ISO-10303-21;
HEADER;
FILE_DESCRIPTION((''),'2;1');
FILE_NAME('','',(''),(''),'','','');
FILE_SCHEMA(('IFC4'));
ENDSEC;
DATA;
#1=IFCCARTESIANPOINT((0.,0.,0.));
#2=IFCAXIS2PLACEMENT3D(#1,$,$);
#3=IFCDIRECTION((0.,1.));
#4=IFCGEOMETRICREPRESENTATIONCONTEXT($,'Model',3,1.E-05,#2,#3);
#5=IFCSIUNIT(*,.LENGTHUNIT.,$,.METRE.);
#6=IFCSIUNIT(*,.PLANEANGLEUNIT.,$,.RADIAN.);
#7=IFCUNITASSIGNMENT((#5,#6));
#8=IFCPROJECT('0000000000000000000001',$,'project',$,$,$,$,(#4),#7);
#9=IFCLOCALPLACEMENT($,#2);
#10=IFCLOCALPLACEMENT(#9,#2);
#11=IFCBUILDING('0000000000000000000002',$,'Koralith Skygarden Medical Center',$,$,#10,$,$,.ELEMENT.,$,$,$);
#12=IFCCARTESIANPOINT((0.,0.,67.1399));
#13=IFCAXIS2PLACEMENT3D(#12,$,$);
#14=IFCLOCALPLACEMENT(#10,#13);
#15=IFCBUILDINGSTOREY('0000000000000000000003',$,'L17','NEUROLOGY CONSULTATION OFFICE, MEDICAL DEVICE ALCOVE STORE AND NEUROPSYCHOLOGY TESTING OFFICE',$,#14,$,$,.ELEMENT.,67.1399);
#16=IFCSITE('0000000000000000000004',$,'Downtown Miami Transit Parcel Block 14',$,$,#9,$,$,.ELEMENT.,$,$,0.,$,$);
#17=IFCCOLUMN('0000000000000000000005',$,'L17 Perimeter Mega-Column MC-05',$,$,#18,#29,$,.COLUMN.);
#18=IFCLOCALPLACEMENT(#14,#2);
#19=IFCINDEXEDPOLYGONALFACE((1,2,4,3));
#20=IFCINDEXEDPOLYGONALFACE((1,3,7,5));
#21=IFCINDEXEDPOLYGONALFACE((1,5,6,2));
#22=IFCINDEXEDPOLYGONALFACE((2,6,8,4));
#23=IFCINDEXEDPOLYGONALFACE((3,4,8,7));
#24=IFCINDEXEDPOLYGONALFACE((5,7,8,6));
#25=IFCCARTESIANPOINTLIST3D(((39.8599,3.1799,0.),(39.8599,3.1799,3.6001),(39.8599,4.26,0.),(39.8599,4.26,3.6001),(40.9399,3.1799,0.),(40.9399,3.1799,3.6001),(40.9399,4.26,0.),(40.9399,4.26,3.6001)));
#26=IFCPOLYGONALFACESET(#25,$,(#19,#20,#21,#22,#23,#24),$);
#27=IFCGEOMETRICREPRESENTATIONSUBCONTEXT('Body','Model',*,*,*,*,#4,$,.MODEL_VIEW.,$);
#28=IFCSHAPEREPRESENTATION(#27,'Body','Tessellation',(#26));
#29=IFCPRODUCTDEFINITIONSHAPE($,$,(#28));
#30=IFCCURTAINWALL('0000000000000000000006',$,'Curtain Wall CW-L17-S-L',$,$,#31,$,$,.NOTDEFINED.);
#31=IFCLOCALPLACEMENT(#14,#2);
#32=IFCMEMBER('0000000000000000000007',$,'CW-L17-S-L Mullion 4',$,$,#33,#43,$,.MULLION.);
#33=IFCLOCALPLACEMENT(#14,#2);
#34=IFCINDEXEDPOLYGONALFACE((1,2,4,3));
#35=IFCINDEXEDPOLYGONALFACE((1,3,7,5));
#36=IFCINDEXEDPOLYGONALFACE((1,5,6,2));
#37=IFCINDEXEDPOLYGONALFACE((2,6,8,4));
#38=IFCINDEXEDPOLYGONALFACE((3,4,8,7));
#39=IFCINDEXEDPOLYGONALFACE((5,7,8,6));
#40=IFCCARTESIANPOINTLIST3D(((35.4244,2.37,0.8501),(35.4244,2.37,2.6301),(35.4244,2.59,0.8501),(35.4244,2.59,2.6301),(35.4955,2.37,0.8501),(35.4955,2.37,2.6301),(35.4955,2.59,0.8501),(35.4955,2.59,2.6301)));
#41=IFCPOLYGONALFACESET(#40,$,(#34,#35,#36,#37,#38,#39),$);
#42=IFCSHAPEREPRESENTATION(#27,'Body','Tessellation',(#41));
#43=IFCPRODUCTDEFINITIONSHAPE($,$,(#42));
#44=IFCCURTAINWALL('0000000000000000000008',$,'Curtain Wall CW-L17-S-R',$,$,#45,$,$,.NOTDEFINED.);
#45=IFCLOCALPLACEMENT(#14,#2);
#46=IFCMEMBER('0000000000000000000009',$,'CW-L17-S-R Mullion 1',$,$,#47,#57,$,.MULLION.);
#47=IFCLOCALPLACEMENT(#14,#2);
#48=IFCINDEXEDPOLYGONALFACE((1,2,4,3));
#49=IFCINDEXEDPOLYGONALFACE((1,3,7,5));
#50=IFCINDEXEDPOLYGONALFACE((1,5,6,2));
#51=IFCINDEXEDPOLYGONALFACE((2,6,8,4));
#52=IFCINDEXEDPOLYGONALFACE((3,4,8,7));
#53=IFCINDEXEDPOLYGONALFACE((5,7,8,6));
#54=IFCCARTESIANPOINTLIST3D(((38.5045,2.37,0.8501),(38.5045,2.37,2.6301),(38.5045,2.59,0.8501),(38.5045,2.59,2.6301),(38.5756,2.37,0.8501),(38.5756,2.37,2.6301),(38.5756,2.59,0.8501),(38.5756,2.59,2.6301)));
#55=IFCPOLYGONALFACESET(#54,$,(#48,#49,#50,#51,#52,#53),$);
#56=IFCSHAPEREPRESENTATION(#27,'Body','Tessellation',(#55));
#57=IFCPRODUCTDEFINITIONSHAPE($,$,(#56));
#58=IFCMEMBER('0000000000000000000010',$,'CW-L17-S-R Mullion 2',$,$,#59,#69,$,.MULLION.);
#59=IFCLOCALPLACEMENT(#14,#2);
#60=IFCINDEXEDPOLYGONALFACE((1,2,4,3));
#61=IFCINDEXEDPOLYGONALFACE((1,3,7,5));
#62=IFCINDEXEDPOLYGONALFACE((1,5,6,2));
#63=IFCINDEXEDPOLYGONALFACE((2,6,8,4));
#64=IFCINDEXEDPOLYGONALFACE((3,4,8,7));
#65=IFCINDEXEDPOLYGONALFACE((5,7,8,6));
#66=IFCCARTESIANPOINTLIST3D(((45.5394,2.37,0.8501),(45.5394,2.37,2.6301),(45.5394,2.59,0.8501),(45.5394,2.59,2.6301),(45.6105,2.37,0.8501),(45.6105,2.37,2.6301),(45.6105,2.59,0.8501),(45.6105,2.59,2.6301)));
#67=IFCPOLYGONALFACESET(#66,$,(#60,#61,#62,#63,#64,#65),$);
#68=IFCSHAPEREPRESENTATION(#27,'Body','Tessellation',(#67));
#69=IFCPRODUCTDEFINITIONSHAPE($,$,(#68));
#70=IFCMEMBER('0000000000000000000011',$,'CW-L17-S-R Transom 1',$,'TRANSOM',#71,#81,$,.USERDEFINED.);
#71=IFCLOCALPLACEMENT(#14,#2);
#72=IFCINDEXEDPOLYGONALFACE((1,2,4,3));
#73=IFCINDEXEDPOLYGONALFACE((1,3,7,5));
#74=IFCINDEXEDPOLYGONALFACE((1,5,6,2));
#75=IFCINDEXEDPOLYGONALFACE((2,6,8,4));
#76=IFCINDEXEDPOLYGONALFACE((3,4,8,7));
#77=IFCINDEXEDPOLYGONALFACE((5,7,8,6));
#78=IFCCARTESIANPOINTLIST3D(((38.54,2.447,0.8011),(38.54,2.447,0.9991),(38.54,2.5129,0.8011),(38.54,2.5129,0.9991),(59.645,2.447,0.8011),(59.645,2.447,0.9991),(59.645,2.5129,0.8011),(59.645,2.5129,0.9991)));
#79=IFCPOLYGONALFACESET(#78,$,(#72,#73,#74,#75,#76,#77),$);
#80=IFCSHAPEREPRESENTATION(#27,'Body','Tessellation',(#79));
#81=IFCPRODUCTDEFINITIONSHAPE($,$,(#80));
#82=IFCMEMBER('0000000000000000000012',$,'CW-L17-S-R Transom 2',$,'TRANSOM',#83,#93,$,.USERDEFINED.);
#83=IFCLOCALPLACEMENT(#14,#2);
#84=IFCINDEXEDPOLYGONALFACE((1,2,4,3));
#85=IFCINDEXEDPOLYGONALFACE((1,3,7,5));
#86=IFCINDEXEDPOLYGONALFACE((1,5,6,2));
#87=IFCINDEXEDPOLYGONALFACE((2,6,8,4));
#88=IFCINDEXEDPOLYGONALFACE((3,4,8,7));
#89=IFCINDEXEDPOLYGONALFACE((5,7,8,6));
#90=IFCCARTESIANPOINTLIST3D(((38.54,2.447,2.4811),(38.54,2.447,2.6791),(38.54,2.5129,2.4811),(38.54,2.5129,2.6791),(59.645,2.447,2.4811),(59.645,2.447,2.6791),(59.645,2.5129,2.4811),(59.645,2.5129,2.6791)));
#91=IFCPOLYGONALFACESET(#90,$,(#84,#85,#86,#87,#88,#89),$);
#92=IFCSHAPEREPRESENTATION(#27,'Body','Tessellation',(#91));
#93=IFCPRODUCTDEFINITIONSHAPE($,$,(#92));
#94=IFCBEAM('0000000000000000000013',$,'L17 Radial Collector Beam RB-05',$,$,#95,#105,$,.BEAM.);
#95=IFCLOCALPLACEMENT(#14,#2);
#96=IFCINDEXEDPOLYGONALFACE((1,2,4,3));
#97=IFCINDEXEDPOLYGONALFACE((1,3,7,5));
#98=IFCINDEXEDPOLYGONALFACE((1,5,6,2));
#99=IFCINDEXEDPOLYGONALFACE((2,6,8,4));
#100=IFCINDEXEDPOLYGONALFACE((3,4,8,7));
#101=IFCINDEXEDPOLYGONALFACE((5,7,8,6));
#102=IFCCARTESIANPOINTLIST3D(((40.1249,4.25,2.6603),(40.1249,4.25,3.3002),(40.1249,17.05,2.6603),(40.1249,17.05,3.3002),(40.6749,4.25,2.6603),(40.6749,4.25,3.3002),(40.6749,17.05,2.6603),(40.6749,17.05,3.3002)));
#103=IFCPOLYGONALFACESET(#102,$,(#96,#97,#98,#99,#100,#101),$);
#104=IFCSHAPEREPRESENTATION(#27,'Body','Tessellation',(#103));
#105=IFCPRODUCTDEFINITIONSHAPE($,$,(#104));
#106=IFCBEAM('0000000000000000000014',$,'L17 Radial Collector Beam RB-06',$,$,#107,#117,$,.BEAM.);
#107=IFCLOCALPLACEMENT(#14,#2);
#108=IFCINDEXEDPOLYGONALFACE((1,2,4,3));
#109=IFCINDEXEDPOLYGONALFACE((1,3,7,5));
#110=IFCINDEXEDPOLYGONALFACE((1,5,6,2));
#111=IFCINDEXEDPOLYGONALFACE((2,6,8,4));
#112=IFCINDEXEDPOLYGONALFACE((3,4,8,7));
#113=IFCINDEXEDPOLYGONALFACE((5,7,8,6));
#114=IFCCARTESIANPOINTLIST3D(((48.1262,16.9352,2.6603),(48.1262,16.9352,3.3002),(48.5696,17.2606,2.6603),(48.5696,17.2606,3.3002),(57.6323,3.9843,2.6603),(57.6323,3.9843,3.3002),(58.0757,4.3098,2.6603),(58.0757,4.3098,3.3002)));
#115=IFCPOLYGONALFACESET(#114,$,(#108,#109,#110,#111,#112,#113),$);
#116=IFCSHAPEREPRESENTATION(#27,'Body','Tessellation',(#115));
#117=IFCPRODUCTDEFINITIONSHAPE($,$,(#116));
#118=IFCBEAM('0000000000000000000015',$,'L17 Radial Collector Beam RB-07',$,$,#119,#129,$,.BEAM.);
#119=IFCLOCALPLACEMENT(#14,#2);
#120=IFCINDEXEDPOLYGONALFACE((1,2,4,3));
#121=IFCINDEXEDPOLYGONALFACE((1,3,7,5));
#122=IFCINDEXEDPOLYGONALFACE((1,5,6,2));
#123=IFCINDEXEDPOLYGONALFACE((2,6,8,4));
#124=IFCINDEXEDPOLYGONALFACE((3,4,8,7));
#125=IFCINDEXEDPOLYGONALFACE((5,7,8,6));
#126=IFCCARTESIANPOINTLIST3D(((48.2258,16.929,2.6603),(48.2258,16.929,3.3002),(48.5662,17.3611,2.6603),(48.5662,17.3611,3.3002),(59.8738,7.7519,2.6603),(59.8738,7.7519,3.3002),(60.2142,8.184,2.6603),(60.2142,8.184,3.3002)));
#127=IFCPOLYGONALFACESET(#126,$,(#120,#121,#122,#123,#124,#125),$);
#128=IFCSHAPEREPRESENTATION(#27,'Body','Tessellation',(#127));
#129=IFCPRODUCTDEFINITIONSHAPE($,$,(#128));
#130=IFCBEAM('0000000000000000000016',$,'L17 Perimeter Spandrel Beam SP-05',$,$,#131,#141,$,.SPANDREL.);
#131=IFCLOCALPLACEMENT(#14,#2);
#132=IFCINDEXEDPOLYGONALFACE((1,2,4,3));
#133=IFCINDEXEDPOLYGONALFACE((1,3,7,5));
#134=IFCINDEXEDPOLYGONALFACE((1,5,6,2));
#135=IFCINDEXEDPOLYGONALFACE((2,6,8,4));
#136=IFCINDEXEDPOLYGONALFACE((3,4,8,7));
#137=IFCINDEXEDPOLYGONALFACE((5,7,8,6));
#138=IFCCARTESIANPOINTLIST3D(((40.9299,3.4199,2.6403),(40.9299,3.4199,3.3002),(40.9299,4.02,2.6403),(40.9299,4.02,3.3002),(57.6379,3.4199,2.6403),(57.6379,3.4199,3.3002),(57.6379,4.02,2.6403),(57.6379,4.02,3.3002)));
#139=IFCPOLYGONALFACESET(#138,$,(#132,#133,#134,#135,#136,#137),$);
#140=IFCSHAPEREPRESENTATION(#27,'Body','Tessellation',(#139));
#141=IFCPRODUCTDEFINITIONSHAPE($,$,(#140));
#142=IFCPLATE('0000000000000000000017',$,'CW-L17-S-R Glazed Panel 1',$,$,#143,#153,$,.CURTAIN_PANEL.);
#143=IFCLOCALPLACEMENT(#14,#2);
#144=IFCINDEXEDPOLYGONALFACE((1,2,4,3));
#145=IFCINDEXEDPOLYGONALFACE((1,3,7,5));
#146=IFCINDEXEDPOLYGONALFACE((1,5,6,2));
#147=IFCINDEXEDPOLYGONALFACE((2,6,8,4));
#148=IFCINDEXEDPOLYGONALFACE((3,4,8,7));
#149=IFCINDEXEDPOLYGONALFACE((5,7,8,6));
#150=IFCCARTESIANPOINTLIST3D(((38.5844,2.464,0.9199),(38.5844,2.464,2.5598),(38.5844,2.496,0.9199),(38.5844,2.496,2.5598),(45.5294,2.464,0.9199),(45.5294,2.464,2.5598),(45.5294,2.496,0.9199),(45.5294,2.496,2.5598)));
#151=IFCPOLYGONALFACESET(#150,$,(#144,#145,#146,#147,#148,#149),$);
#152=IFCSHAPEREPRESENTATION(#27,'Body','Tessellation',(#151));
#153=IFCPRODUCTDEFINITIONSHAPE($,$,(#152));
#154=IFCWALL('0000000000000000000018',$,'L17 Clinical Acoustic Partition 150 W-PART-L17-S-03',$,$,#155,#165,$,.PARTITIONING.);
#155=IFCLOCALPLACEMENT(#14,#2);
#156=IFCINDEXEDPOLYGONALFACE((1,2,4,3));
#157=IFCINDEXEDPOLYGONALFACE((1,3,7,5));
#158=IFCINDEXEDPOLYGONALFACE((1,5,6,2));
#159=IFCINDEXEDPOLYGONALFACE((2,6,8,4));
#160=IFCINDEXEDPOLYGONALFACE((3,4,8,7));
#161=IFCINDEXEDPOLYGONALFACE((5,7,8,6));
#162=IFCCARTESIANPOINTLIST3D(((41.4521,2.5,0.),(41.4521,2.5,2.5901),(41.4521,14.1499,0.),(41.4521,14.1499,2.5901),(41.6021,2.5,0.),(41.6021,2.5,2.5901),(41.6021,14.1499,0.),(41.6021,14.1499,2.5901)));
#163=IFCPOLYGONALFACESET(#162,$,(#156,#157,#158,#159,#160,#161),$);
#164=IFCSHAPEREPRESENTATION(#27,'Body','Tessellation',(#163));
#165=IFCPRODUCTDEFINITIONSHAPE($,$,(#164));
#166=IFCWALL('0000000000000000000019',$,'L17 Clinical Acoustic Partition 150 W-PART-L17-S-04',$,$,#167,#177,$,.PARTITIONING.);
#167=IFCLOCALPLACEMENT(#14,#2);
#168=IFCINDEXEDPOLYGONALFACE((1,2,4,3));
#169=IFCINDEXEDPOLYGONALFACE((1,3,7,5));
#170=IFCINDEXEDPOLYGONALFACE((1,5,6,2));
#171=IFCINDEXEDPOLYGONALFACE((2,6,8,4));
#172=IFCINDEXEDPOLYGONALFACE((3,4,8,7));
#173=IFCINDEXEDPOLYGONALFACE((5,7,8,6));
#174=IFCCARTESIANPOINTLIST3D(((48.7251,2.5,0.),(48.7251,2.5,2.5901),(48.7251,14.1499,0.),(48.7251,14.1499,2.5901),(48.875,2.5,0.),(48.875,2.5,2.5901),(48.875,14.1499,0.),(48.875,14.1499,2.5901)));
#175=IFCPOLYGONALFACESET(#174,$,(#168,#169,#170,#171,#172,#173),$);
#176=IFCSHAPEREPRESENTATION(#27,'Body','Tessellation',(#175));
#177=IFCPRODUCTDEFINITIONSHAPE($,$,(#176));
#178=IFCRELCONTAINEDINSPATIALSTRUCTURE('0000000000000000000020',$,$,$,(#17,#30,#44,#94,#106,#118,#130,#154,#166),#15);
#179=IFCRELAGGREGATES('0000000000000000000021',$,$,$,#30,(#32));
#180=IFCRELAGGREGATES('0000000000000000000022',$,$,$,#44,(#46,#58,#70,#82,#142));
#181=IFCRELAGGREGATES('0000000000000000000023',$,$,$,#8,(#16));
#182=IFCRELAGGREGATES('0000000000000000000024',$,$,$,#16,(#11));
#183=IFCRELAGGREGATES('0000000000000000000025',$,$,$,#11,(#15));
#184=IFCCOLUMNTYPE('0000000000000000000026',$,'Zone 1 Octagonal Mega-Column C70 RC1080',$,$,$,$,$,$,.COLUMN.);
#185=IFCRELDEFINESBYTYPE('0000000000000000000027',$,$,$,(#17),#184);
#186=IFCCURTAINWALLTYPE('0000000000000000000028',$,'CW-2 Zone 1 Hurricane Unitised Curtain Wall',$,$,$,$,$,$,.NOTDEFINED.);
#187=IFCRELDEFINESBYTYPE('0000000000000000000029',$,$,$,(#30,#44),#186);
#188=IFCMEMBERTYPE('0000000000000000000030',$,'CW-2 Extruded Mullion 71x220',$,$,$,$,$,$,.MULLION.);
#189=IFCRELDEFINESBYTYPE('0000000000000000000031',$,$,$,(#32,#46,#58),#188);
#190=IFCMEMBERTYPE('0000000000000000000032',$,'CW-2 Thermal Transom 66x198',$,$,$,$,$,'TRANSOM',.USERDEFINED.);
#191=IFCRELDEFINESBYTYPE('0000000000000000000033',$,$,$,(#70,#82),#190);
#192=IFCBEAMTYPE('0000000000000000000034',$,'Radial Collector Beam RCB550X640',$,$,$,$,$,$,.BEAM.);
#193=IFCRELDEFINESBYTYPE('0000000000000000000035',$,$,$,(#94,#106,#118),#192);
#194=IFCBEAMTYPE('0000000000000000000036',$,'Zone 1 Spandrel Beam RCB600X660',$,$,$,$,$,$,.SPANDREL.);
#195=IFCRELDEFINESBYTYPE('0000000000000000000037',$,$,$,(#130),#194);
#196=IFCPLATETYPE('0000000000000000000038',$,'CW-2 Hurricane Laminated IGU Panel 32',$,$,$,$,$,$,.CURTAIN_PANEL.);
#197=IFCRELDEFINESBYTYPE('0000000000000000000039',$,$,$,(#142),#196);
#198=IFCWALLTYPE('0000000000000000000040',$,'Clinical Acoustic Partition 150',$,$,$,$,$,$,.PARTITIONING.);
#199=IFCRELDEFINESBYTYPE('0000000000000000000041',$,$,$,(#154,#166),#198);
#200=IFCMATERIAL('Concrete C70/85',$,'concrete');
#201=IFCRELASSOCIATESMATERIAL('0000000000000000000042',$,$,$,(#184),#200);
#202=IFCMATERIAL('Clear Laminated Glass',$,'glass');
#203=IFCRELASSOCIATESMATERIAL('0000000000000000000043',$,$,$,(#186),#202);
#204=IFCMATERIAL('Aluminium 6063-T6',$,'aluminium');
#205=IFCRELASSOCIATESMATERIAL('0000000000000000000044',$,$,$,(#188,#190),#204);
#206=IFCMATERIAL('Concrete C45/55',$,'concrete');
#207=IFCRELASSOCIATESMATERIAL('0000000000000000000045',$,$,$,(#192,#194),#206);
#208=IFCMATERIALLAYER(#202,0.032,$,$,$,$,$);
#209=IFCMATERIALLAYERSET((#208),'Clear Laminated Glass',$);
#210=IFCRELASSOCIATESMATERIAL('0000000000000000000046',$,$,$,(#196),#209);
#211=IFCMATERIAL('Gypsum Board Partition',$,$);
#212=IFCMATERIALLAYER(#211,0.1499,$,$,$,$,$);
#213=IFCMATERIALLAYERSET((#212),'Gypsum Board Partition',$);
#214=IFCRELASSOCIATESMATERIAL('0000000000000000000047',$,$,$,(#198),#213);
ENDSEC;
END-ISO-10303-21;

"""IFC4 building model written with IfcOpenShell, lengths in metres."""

from ifc_helpers import new_model, si_unit, direction, frame, frame_2d, origin, origin_2d, place, context, subcontext, project, spatial, rectangle, extrude, material, layer, layer_set, material_profile, profile_set, type_object, element, aggregate, save


model = new_model("IFC4")

# Units and contexts
model_context = context("Model", 3, precision=1e-05, world=origin(), true_north=direction((0.0, 1.0)))
body_context = subcontext(model_context, "Body", "Model", "MODEL_VIEW")
ifc_project = project(units=[si_unit("LENGTHUNIT", "METRE"), si_unit("PLANEANGLEUNIT", "RADIAN")], contexts=[model_context])

# Site, building, storey
site_placement = place(None, origin())
site = spatial("IfcSite", under=ifc_project, at=site_placement, Name="Downtown Miami Transit Parcel Block 14", CompositionType="ELEMENT", RefElevation=0.0)
building_placement = place(site_placement, origin())
building = spatial("IfcBuilding", under=site, at=building_placement, Name="Koralith Skygarden Medical Center", CompositionType="ELEMENT")
storey_placement = place(building_placement, frame((0.0, 0.0, 67.1399)))
storey = spatial("IfcBuildingStorey", under=building, at=storey_placement, Name="L17", Description="NEUROLOGY CONSULTATION OFFICE, MEDICAL DEVICE ALCOVE STORE AND NEUROPSYCHOLOGY TESTING OFFICE", CompositionType="ELEMENT", Elevation=67.1399)

# Column
ifc_material_1 = material(Name="Concrete C70/85", Category="concrete")
ifc_material_profile_1 = material_profile(ifc_material_1, rectangle(XDim=1.0801, YDim=1.0801, at=origin_2d()), Name="RC1080X1080")
ifc_profile_set_1 = profile_set([ifc_material_profile_1], Name="Concrete C70/85")
column_type = type_object("IfcColumnType", Name="Zone 1 Octagonal Mega-Column C70 RC1080", PredefinedType="COLUMN", material=ifc_profile_set_1)
column_placement = place(storey_placement, frame((40.3999, 3.72, 0.0), z_axis=(0.0, 0.0, 1.0), x_axis=(1.0, 0.0, 0.0)))
element("IfcColumn", 1, at=column_placement, inside=storey, type_object=column_type, Name="L17 Perimeter Mega-Column MC-05", PredefinedType="COLUMN", context=body_context, shape_type="SweptSolid", body=[
    extrude(rectangle(XDim=1.0801, YDim=1.0801, at=origin_2d()), origin(), (0.0, 0.0, 1.0), 3.6001),
])

# Curtain wall, member
ifc_material_2 = material(Name="Clear Laminated Glass", Category="glass")
curtain_wall_type = type_object("IfcCurtainWallType", Name="CW-2 Zone 1 Hurricane Unitised Curtain Wall", PredefinedType="NOTDEFINED", material=ifc_material_2)
curtain_wall_1_placement = place(storey_placement, origin())
curtain_wall_1 = element("IfcCurtainWall", 2, at=curtain_wall_1_placement, inside=storey, type_object=curtain_wall_type, Name="Curtain Wall CW-L17-S-L", PredefinedType="NOTDEFINED")
ifc_material_3 = material(Name="Aluminium 6063-T6", Category="aluminium")
ifc_material_profile_2 = material_profile(ifc_material_3, rectangle(XDim=0.071, YDim=0.22, at=origin_2d()), Name="MUL71X220")
ifc_profile_set_2 = profile_set([ifc_material_profile_2], Name="Aluminium 6063-T6")
member_type_1 = type_object("IfcMemberType", Name="CW-2 Extruded Mullion 71x220", PredefinedType="MULLION", material=ifc_profile_set_2)
member_1_placement = place(storey_placement, frame((35.46, 2.48, 0.8501), z_axis=(0.0, 0.0, 1.0), x_axis=(1.0, 0.0, 0.0)))
member_1 = element("IfcMember", 3, at=member_1_placement, type_object=member_type_1, Name="CW-L17-S-L Mullion 4", PredefinedType="MULLION", context=body_context, shape_type="SweptSolid", body=[
    extrude(rectangle(XDim=0.071, YDim=0.22, at=origin_2d()), origin(), (0.0, 0.0, 1.0), 1.78),
])
aggregate(curtain_wall_1, [member_1])

# Curtain wall, members
curtain_wall_2_placement = place(storey_placement, origin())
curtain_wall_2 = element("IfcCurtainWall", 4, at=curtain_wall_2_placement, inside=storey, type_object=curtain_wall_type, Name="Curtain Wall CW-L17-S-R", PredefinedType="NOTDEFINED")
member_2_placement = place(storey_placement, frame((38.54, 2.48, 0.8501), z_axis=(0.0, 0.0, 1.0), x_axis=(1.0, 0.0, 0.0)))
member_2 = element("IfcMember", 5, at=member_2_placement, type_object=member_type_1, Name="CW-L17-S-R Mullion 1", PredefinedType="MULLION", context=body_context, shape_type="SweptSolid", body=[
    extrude(rectangle(XDim=0.071, YDim=0.22, at=origin_2d()), origin(), (0.0, 0.0, 1.0), 1.78),
])
member_3_placement = place(storey_placement, frame((45.575, 2.48, 0.8501), z_axis=(0.0, 0.0, 1.0), x_axis=(1.0, 0.0, 0.0)))
member_3 = element("IfcMember", 6, at=member_3_placement, type_object=member_type_1, Name="CW-L17-S-R Mullion 2", PredefinedType="MULLION", context=body_context, shape_type="SweptSolid", body=[
    extrude(rectangle(XDim=0.071, YDim=0.22, at=origin_2d()), origin(), (0.0, 0.0, 1.0), 1.78),
])
ifc_material_profile_3 = material_profile(ifc_material_3, rectangle(XDim=0.0659, YDim=0.198, at=origin_2d()), Name="TRN66X198")
ifc_profile_set_3 = profile_set([ifc_material_profile_3], Name="Aluminium 6063-T6")
member_type_2 = type_object("IfcMemberType", Name="CW-2 Thermal Transom 66x198", ElementType="TRANSOM", PredefinedType="USERDEFINED", material=ifc_profile_set_3)
member_4_placement = place(storey_placement, frame((38.54, 2.48, 0.9001), z_axis=(1.0, 0.0, 0.0), x_axis=(0.0, 1.0, 0.0)))
member_4 = element("IfcMember", 7, at=member_4_placement, type_object=member_type_2, Name="CW-L17-S-R Transom 1", ObjectType="TRANSOM", PredefinedType="USERDEFINED", context=body_context, shape_type="SweptSolid", body=[
    extrude(rectangle(XDim=0.0659, YDim=0.198, at=origin_2d()), origin(), (0.0, 0.0, 1.0), 21.105),
])
member_5_placement = place(storey_placement, frame((38.54, 2.48, 2.5801), z_axis=(1.0, 0.0, 0.0), x_axis=(0.0, 1.0, 0.0)))
member_5 = element("IfcMember", 8, at=member_5_placement, type_object=member_type_2, Name="CW-L17-S-R Transom 2", ObjectType="TRANSOM", PredefinedType="USERDEFINED", context=body_context, shape_type="SweptSolid", body=[
    extrude(rectangle(XDim=0.0659, YDim=0.198, at=origin_2d()), origin(), (0.0, 0.0, 1.0), 21.105),
])

# Beams
ifc_material_4 = material(Name="Concrete C45/55", Category="concrete")
ifc_material_profile_4 = material_profile(ifc_material_4, rectangle(XDim=0.55, YDim=0.6399, at=origin_2d()), Name="RCB550X640")
ifc_profile_set_4 = profile_set([ifc_material_profile_4], Name="Concrete C45/55")
beam_type_1 = type_object("IfcBeamType", Name="Radial Collector Beam RCB550X640", PredefinedType="BEAM", material=ifc_profile_set_4)
beam_1_placement = place(storey_placement, frame((40.3999, 17.05, 2.9802), z_axis=(0.0, -1.0, 0.0), x_axis=(1.0, 0.0, 0.0)))
element("IfcBeam", 9, at=beam_1_placement, inside=storey, type_object=beam_type_1, Name="L17 Radial Collector Beam RB-05", PredefinedType="BEAM", context=body_context, shape_type="SweptSolid", body=[
    extrude(rectangle(XDim=0.55, YDim=0.6399, at=origin_2d()), origin(), (0.0, 0.0, 1.0), 12.8),
])
beam_2_placement = place(storey_placement, frame((48.3479, 17.0979, 2.9802), z_axis=(0.591718, -0.806145, 0.0), x_axis=(0.806145, 0.591718, 0.0)))
element("IfcBeam", 10, at=beam_2_placement, inside=storey, type_object=beam_type_1, Name="L17 Radial Collector Beam RB-06", PredefinedType="BEAM", context=body_context, shape_type="SweptSolid", body=[
    extrude(rectangle(XDim=0.55, YDim=0.6399, at=origin_2d()), origin(), (0.0, 0.0, 1.0), 16.0652),
])
beam_3_placement = place(storey_placement, frame((48.396, 17.145, 2.9802), z_axis=(0.785497, -0.618865, 0.0), x_axis=(0.618865, 0.785497, 0.0)))
element("IfcBeam", 11, at=beam_3_placement, inside=storey, type_object=beam_type_1, Name="L17 Radial Collector Beam RB-07", PredefinedType="BEAM", context=body_context, shape_type="SweptSolid", body=[
    extrude(rectangle(XDim=0.55, YDim=0.6399, at=origin_2d()), origin(), (0.0, 0.0, 1.0), 14.8289),
])
ifc_material_profile_5 = material_profile(ifc_material_4, rectangle(XDim=0.6001, YDim=0.6599, at=origin_2d()), Name="RCB600X660")
ifc_profile_set_5 = profile_set([ifc_material_profile_5], Name="Concrete C45/55")
beam_type_2 = type_object("IfcBeamType", Name="Zone 1 Spandrel Beam RCB600X660", PredefinedType="SPANDREL", material=ifc_profile_set_5)
beam_4_placement = place(storey_placement, frame((40.9299, 3.72, 2.9702), z_axis=(1.0, 0.0, 0.0), x_axis=(0.0, 1.0, 0.0)))
element("IfcBeam", 12, at=beam_4_placement, inside=storey, type_object=beam_type_2, Name="L17 Perimeter Spandrel Beam SP-05", PredefinedType="SPANDREL", context=body_context, shape_type="SweptSolid", body=[
    extrude(rectangle(XDim=0.6001, YDim=0.6599, at=origin_2d()), origin(), (0.0, 0.0, 1.0), 16.708),
])

# Plate
ifc_layer_1 = layer(ifc_material_2, 0.032)
ifc_layer_set_1 = layer_set([ifc_layer_1], Name="Clear Laminated Glass")
plate_type = type_object("IfcPlateType", Name="CW-2 Hurricane Laminated IGU Panel 32", PredefinedType="CURTAIN_PANEL", material=ifc_layer_set_1)
plate_placement = place(storey_placement, frame((42.0569, 2.48, 0.9199), z_axis=(0.0, 0.0, 1.0), x_axis=(1.0, 0.0, 0.0)))
plate = element("IfcPlate", 13, at=plate_placement, type_object=plate_type, Name="CW-L17-S-R Glazed Panel 1", PredefinedType="CURTAIN_PANEL", context=body_context, shape_type="SweptSolid", body=[
    extrude(rectangle(XDim=6.9451, YDim=0.032, at=origin_2d()), origin(), (0.0, 0.0, 1.0), 1.6399),
])
aggregate(curtain_wall_2, [member_2, member_3, member_4, member_5, plate])

# Walls
ifc_material_5 = material(Name="Gypsum Board Partition")
ifc_layer_2 = layer(ifc_material_5, 0.1499)
ifc_layer_set_2 = layer_set([ifc_layer_2], Name="Gypsum Board Partition")
wall_type_1 = type_object("IfcWallType", Name="Clinical Acoustic Partition 150", PredefinedType="PARTITIONING", material=ifc_layer_set_2)
for number, where, z_axis, x_axis, name in (
    (14, (41.5271, 14.1499, 0.0), (0.0, 0.0, 1.0), (0.0, -1.0, 0.0), "L17 Clinical Acoustic Partition 150 W-PART-L17-S-03"),
    (15, (48.8, 14.1499, 0.0), (0.0, 0.0, 1.0), (0.0, -1.0, 0.0), "L17 Clinical Acoustic Partition 150 W-PART-L17-S-04"),
):
    element("IfcWall", number, at=place(storey_placement, frame(where, z_axis=z_axis, x_axis=x_axis)), inside=storey, type_object=wall_type_1, Name=name, PredefinedType="PARTITIONING", context=body_context, shape_type="SweptSolid", body=[
        extrude(rectangle(XDim=11.6499, YDim=0.1499, at=frame_2d((5.825, 0.0))), origin(), (0.0, 0.0, 1.0), 2.5901),
    ])

save(model, "model.ifc")
